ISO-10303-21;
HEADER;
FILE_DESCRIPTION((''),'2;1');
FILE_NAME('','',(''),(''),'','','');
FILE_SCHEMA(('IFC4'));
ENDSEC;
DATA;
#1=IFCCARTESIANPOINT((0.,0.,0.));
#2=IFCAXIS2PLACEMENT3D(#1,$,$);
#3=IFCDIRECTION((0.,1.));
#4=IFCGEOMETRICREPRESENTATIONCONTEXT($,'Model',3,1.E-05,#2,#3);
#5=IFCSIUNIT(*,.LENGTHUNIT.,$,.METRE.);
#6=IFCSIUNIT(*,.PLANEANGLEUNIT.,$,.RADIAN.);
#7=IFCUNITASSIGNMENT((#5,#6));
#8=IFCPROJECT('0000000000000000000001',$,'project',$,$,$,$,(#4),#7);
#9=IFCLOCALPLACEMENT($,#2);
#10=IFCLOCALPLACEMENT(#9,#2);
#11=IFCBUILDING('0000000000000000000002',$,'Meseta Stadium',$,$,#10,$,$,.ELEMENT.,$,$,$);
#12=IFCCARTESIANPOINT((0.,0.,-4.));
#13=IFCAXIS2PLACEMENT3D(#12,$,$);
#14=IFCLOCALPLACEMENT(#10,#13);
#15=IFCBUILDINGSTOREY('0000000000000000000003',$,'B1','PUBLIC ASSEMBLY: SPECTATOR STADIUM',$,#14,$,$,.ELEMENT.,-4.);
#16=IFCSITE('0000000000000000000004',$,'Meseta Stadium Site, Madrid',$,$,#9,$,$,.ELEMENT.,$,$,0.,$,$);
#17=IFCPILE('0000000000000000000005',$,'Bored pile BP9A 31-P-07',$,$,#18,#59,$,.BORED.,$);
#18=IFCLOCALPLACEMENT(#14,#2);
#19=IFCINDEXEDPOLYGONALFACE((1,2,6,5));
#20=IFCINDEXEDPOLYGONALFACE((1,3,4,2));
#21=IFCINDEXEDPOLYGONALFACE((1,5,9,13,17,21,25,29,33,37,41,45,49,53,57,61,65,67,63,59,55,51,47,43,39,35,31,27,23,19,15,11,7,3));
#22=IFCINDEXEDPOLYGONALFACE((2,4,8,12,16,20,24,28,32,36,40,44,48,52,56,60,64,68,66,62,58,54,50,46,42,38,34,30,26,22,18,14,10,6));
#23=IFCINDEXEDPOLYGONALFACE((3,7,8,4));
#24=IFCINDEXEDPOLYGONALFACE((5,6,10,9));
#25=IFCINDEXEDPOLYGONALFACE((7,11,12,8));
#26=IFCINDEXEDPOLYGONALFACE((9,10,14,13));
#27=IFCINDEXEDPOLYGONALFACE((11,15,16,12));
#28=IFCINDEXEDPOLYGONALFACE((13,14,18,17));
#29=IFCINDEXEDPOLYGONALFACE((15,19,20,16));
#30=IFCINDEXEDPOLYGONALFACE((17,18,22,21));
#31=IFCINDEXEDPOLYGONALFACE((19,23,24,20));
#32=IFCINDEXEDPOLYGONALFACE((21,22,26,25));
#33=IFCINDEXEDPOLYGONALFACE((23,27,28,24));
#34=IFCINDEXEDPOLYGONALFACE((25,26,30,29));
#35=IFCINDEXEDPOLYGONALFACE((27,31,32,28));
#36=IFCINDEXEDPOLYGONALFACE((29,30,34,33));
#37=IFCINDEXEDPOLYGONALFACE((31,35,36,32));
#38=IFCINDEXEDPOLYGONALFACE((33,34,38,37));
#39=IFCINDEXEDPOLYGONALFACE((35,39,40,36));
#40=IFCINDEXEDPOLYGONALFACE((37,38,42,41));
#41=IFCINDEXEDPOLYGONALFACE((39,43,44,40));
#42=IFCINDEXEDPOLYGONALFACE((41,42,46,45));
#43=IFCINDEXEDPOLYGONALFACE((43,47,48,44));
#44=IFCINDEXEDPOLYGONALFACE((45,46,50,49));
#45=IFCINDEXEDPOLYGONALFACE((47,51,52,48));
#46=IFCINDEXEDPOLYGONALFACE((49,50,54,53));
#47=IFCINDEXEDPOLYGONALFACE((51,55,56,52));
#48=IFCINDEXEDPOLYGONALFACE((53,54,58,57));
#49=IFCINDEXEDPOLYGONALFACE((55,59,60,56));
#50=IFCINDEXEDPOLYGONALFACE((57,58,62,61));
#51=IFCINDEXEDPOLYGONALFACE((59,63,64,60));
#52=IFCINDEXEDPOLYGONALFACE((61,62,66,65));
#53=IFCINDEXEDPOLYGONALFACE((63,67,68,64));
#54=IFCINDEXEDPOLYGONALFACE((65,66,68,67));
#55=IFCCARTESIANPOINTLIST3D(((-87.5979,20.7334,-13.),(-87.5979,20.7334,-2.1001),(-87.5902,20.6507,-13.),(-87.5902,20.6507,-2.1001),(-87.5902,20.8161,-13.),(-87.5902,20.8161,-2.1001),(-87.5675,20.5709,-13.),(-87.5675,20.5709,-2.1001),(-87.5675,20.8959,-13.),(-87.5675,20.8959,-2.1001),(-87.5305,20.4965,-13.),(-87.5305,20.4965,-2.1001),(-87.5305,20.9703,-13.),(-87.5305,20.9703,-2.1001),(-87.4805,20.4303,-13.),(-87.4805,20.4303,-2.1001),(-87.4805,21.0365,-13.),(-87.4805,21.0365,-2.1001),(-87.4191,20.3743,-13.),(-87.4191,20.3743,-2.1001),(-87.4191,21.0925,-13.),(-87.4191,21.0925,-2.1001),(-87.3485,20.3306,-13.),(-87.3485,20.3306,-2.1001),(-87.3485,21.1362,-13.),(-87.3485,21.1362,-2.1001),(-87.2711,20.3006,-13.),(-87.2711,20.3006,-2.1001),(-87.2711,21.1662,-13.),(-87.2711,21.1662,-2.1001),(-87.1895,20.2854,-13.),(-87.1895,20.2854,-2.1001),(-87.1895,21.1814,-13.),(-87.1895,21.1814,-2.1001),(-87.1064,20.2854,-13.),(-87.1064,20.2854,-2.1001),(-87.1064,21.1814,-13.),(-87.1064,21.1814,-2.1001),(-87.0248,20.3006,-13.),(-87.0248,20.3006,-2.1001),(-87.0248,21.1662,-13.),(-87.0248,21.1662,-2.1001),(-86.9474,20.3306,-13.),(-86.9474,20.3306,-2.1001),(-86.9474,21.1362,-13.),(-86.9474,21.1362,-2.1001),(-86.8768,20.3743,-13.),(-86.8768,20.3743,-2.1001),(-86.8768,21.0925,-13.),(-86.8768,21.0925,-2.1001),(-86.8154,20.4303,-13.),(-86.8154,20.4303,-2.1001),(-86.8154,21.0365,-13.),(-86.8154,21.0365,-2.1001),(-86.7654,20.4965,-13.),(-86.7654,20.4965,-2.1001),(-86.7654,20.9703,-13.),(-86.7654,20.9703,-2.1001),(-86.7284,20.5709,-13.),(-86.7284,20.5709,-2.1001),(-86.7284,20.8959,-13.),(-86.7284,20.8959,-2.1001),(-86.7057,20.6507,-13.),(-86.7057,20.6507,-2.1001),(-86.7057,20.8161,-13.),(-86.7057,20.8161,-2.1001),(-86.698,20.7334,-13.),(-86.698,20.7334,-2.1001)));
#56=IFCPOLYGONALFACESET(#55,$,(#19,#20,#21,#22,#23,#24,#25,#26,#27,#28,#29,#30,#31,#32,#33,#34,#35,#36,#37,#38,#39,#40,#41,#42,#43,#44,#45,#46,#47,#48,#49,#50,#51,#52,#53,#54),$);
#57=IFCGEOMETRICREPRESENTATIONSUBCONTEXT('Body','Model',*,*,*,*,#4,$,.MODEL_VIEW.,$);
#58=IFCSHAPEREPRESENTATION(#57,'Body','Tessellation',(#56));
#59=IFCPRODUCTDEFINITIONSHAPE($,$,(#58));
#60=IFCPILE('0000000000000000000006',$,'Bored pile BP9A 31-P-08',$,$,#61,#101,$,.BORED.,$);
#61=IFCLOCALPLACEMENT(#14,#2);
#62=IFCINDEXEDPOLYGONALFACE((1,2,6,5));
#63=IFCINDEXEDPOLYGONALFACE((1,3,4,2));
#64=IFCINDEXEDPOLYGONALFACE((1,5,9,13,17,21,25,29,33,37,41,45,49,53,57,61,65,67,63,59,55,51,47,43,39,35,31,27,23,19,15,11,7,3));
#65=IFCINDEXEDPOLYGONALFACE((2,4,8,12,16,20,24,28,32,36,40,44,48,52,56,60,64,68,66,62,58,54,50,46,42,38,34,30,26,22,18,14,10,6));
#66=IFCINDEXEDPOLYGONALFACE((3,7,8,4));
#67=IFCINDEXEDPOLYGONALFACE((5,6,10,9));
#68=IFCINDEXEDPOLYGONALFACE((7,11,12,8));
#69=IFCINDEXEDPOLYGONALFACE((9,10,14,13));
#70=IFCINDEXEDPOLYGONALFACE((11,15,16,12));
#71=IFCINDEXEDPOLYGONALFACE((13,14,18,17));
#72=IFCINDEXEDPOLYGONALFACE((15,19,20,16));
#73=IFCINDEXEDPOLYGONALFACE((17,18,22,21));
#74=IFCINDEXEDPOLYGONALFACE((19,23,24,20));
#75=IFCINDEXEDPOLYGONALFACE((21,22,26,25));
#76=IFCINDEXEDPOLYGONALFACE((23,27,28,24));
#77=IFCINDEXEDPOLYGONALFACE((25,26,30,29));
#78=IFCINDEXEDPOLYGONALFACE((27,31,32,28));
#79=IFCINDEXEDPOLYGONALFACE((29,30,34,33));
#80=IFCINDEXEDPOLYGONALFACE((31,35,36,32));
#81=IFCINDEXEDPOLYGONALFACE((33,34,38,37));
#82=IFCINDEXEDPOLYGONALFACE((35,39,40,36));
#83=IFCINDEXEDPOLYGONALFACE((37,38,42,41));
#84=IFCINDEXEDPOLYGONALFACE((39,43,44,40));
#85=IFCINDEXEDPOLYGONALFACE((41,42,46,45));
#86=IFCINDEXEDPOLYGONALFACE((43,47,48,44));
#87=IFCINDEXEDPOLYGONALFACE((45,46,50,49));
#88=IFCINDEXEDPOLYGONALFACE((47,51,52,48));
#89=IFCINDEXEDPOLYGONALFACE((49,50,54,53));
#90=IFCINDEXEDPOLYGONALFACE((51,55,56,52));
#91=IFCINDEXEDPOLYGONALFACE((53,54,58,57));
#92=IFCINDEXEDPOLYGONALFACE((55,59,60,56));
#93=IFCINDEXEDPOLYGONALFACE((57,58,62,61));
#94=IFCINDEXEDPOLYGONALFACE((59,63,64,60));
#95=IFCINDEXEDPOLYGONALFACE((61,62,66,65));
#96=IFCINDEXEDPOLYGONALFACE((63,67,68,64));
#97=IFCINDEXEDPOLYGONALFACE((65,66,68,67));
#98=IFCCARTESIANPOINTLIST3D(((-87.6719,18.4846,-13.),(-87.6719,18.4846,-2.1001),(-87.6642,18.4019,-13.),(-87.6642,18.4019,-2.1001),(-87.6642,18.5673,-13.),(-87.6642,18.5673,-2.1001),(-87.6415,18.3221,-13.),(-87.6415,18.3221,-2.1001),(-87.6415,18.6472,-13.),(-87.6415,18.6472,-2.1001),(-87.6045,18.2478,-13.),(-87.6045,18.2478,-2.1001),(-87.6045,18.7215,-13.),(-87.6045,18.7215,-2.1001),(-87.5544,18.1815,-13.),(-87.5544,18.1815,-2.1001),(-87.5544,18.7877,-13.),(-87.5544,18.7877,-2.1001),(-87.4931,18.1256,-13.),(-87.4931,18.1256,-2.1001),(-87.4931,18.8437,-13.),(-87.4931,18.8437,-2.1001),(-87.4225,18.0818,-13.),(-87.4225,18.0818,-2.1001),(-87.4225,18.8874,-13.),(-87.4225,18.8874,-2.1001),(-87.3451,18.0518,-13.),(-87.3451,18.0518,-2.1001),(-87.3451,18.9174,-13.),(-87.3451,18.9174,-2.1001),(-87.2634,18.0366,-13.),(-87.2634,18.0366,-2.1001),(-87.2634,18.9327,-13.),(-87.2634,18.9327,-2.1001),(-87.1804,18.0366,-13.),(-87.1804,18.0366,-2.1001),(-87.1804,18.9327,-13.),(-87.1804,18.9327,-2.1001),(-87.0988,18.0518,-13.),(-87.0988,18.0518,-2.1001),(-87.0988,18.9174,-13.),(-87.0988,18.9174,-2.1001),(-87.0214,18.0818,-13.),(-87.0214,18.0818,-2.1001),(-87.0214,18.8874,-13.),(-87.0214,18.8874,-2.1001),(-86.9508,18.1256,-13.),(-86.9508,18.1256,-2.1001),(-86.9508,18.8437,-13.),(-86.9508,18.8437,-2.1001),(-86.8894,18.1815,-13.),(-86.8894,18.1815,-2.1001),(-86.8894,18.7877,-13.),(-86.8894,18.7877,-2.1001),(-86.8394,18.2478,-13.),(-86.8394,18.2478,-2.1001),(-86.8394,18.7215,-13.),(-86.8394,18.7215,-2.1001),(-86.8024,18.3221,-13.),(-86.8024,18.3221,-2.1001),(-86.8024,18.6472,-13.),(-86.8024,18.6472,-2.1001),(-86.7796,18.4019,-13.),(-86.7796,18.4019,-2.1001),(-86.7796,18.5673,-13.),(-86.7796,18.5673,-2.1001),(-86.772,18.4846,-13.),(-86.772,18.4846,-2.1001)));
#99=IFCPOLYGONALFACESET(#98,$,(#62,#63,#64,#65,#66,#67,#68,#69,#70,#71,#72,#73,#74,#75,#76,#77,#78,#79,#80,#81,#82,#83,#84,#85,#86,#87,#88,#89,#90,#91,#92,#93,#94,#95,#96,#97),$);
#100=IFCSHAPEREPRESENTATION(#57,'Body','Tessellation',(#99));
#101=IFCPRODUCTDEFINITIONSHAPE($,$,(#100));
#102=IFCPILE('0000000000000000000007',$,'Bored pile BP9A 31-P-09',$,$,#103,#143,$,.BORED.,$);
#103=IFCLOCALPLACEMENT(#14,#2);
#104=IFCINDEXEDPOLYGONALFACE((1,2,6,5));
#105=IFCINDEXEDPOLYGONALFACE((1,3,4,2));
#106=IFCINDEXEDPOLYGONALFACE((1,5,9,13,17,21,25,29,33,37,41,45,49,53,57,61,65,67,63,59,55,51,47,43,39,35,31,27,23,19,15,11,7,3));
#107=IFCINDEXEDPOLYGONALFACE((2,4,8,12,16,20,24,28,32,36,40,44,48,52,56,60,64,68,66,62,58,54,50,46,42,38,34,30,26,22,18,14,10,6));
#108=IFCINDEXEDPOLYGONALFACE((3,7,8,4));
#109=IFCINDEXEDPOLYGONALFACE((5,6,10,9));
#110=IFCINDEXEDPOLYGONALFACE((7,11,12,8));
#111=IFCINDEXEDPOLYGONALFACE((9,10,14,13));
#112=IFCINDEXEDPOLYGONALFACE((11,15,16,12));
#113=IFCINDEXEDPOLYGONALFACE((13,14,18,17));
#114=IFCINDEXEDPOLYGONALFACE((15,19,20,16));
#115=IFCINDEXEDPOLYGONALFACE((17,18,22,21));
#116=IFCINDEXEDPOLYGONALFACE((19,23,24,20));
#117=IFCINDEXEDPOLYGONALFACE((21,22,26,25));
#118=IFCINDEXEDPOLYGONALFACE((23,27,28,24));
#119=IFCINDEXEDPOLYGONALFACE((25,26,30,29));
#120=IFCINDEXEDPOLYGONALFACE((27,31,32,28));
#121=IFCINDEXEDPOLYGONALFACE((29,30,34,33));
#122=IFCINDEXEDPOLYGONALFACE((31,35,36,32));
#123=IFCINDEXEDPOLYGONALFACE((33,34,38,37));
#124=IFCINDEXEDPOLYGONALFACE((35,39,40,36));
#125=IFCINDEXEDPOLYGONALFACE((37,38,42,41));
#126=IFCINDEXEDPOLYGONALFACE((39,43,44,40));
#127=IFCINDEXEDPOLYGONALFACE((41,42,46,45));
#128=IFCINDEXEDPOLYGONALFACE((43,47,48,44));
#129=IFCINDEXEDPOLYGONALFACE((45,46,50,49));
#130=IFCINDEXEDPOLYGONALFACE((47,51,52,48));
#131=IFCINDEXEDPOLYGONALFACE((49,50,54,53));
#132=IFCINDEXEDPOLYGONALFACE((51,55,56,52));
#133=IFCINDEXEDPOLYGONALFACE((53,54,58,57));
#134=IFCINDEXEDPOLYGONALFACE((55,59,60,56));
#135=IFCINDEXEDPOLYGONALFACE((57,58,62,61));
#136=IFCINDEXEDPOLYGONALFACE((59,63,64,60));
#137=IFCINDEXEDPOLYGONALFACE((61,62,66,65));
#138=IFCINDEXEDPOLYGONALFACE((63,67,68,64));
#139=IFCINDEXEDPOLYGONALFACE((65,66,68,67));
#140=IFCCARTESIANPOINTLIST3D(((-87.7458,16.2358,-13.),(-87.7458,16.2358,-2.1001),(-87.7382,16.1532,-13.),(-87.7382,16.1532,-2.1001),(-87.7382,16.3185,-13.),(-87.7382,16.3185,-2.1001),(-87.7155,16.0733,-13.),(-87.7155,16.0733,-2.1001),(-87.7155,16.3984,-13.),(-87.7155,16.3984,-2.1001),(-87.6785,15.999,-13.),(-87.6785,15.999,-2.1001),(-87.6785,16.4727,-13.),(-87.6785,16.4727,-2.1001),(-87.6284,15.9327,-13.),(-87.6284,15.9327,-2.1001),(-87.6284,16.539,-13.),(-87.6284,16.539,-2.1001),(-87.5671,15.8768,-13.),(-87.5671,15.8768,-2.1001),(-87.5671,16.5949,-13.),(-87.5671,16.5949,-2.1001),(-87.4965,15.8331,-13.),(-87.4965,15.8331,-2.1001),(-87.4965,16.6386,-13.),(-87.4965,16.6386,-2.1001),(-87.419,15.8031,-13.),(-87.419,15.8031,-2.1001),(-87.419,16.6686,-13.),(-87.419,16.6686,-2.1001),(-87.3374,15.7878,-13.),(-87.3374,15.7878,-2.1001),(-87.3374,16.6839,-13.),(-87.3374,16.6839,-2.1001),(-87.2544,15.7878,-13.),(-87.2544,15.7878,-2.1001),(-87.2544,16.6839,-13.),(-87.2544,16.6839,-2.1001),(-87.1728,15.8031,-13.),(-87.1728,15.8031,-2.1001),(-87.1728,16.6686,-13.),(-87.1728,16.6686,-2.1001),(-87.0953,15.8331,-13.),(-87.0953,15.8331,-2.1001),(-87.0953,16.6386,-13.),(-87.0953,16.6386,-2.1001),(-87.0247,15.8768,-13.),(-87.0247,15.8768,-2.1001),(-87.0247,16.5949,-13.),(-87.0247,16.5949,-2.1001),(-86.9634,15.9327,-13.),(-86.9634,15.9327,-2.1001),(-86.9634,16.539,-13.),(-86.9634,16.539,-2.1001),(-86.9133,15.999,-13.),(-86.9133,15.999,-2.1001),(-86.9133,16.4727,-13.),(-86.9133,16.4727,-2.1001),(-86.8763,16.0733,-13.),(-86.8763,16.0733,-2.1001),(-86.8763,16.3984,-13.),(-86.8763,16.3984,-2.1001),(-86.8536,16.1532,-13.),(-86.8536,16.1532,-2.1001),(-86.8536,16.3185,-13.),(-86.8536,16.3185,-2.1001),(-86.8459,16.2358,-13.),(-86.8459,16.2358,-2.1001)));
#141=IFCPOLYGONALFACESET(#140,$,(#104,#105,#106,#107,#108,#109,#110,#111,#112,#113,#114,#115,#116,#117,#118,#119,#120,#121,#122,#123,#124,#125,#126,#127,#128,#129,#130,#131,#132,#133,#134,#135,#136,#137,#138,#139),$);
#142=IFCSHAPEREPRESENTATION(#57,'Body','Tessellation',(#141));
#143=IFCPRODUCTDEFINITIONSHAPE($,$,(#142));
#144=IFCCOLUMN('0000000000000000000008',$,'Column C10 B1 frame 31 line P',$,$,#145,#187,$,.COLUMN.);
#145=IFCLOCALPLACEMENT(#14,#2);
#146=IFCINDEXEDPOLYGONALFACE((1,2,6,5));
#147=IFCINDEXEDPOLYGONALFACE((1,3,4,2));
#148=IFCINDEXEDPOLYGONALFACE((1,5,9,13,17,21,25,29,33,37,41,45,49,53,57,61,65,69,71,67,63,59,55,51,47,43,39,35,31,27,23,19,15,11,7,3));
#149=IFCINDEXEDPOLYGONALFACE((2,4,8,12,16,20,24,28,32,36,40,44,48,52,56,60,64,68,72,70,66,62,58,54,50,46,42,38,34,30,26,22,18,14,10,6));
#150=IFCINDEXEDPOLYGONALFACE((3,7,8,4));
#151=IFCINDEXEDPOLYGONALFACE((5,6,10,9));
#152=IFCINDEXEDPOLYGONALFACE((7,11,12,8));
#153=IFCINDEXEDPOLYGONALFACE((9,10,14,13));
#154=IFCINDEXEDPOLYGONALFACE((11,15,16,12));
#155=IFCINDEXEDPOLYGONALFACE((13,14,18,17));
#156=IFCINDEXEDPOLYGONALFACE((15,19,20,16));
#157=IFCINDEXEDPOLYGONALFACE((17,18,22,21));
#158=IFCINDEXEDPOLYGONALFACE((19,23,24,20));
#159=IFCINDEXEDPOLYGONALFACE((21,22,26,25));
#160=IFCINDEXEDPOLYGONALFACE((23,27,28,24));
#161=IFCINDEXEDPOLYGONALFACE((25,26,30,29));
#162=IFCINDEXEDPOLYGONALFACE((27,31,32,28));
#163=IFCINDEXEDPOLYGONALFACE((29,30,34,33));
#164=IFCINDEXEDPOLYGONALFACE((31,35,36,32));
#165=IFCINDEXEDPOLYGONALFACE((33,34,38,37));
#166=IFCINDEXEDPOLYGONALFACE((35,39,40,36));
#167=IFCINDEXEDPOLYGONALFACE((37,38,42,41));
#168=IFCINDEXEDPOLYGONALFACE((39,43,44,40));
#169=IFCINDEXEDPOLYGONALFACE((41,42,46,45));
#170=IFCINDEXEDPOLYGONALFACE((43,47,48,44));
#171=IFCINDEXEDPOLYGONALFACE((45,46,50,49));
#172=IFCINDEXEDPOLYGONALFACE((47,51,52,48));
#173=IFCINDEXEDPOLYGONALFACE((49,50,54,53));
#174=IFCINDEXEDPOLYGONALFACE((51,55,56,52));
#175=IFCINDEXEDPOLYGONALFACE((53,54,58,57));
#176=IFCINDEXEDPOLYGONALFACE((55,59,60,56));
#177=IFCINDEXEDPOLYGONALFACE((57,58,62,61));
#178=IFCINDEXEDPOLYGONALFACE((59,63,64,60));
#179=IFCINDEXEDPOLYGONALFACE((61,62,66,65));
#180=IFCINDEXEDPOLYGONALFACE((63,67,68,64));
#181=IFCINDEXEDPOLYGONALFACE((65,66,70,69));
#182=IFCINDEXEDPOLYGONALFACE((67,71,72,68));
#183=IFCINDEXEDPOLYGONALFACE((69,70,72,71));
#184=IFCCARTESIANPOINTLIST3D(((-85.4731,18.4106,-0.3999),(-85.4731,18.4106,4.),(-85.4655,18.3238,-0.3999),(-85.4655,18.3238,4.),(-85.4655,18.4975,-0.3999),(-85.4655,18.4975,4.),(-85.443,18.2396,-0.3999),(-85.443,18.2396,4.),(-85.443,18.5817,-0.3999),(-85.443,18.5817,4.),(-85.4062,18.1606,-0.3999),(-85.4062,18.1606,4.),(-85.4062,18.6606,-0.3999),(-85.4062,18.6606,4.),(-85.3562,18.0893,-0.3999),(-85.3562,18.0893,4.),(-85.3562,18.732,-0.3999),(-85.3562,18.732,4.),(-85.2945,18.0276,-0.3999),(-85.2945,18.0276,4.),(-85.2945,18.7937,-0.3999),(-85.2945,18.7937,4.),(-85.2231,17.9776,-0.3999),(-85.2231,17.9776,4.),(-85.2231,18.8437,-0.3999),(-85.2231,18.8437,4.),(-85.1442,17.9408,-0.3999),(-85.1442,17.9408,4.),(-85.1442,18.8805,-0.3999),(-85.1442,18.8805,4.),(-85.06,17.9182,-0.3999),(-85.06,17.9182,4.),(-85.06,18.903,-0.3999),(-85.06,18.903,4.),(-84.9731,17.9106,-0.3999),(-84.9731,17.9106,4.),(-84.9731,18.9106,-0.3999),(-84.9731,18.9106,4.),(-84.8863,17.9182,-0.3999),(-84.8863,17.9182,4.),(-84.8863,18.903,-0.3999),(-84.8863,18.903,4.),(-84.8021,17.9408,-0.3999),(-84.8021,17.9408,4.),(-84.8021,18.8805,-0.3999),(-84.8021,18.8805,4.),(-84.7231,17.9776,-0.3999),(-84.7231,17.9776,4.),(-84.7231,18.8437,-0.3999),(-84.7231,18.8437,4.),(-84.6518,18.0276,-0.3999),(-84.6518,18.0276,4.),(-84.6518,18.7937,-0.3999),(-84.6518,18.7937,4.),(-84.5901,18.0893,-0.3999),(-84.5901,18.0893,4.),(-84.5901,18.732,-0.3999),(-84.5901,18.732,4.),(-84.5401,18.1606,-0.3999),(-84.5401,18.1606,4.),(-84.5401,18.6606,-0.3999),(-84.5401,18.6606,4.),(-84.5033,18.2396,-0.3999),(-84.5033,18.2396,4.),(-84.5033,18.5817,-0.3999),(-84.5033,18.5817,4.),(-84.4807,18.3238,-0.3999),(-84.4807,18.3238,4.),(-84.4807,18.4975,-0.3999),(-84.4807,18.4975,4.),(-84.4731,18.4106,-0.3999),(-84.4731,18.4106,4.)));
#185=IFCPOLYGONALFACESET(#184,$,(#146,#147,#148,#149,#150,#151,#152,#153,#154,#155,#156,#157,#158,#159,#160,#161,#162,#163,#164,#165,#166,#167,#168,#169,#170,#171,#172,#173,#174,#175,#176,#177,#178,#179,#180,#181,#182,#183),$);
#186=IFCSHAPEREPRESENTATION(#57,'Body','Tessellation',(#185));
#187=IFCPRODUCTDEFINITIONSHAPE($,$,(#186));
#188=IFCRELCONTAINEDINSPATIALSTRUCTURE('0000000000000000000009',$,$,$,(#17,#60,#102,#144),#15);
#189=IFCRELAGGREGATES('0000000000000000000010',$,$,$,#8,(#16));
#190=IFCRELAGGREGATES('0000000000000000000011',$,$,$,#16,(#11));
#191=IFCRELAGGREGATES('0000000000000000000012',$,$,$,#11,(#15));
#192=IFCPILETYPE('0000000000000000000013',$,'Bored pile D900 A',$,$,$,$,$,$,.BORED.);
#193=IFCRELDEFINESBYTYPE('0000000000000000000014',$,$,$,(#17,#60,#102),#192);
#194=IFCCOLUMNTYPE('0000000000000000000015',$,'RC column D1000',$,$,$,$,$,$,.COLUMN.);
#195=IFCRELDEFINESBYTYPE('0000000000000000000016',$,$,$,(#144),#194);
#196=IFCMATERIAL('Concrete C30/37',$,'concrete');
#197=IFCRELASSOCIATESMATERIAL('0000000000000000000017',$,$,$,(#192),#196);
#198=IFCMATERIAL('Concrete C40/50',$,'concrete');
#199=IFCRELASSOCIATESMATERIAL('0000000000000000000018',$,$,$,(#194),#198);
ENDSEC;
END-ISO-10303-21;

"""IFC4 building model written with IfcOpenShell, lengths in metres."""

from ifc_helpers import new_model, si_unit, direction, frame, origin, origin_2d, place, context, subcontext, project, spatial, circle, extrude, material, material_profile, profile_set, type_object, element, save


model = new_model("IFC4")

# Units and contexts
model_context = context("Model", 3, precision=1e-05, world=origin(), true_north=direction((0.0, 1.0)))
body_context = subcontext(model_context, "Body", "Model", "MODEL_VIEW")
ifc_project = project(units=[si_unit("LENGTHUNIT", "METRE"), si_unit("PLANEANGLEUNIT", "RADIAN")], contexts=[model_context])

# Site, building, storey
site_placement = place(None, origin())
site = spatial("IfcSite", under=ifc_project, at=site_placement, Name="Meseta Stadium Site, Madrid", CompositionType="ELEMENT", RefElevation=0.0)
building_placement = place(site_placement, origin())
building = spatial("IfcBuilding", under=site, at=building_placement, Name="Meseta Stadium", CompositionType="ELEMENT")
storey_placement = place(building_placement, frame((0.0, 0.0, -4.0)))
storey = spatial("IfcBuildingStorey", under=building, at=storey_placement, Name="B1", Description="PUBLIC ASSEMBLY: SPECTATOR STADIUM", CompositionType="ELEMENT", Elevation=-4.0)

# Piles
ifc_material_1 = material(Name="Concrete C30/37", Category="concrete")
ifc_material_profile_1 = material_profile(ifc_material_1, circle(Radius=0.45, at=origin_2d()), Name="D900")
ifc_profile_set_1 = profile_set([ifc_material_profile_1], Name="Concrete C30/37")
pile_type = type_object("IfcPileType", Name="Bored pile D900 A", PredefinedType="BORED", material=ifc_profile_set_1)
for number, where, z_axis, x_axis, name in (
    (1, (-87.1479, 20.7334, -2.1001), (0.0, 0.0, -1.0), (1.0, 0.0, 0.0), "Bored pile BP9A 31-P-07"),
    (2, (-87.2219, 18.4846, -2.1001), (0.0, 0.0, -1.0), (1.0, 0.0, 0.0), "Bored pile BP9A 31-P-08"),
    (3, (-87.2959, 16.2358, -2.1001), (0.0, 0.0, -1.0), (1.0, 0.0, 0.0), "Bored pile BP9A 31-P-09"),
):
    element("IfcPile", number, at=place(storey_placement, frame(where, z_axis=z_axis, x_axis=x_axis)), inside=storey, type_object=pile_type, Name=name, PredefinedType="BORED", context=body_context, shape_type="SweptSolid", body=[
        extrude(circle(Radius=0.45, at=origin_2d()), origin(), (0.0, 0.0, 1.0), 10.8999),
    ])

# Column
ifc_material_2 = material(Name="Concrete C40/50", Category="concrete")
ifc_material_profile_2 = material_profile(ifc_material_2, circle(Radius=0.5, at=origin_2d()), Name="RC D1000")
ifc_profile_set_2 = profile_set([ifc_material_profile_2], Name="Concrete C40/50")
column_type_1 = type_object("IfcColumnType", Name="RC column D1000", PredefinedType="COLUMN", material=ifc_profile_set_2)
column_1_placement = place(storey_placement, frame((-84.9731, 18.4106, -0.3999), z_axis=(0.0, 0.0, 1.0), x_axis=(1.0, 0.0, 0.0)))
element("IfcColumn", 4, at=column_1_placement, inside=storey, type_object=column_type_1, Name="Column C10 B1 frame 31 line P", PredefinedType="COLUMN", context=body_context, shape_type="SweptSolid", body=[
    extrude(circle(Radius=0.5, at=origin_2d()), origin(), (0.0, 0.0, 1.0), 4.3999),
])

save(model, "model.ifc")
